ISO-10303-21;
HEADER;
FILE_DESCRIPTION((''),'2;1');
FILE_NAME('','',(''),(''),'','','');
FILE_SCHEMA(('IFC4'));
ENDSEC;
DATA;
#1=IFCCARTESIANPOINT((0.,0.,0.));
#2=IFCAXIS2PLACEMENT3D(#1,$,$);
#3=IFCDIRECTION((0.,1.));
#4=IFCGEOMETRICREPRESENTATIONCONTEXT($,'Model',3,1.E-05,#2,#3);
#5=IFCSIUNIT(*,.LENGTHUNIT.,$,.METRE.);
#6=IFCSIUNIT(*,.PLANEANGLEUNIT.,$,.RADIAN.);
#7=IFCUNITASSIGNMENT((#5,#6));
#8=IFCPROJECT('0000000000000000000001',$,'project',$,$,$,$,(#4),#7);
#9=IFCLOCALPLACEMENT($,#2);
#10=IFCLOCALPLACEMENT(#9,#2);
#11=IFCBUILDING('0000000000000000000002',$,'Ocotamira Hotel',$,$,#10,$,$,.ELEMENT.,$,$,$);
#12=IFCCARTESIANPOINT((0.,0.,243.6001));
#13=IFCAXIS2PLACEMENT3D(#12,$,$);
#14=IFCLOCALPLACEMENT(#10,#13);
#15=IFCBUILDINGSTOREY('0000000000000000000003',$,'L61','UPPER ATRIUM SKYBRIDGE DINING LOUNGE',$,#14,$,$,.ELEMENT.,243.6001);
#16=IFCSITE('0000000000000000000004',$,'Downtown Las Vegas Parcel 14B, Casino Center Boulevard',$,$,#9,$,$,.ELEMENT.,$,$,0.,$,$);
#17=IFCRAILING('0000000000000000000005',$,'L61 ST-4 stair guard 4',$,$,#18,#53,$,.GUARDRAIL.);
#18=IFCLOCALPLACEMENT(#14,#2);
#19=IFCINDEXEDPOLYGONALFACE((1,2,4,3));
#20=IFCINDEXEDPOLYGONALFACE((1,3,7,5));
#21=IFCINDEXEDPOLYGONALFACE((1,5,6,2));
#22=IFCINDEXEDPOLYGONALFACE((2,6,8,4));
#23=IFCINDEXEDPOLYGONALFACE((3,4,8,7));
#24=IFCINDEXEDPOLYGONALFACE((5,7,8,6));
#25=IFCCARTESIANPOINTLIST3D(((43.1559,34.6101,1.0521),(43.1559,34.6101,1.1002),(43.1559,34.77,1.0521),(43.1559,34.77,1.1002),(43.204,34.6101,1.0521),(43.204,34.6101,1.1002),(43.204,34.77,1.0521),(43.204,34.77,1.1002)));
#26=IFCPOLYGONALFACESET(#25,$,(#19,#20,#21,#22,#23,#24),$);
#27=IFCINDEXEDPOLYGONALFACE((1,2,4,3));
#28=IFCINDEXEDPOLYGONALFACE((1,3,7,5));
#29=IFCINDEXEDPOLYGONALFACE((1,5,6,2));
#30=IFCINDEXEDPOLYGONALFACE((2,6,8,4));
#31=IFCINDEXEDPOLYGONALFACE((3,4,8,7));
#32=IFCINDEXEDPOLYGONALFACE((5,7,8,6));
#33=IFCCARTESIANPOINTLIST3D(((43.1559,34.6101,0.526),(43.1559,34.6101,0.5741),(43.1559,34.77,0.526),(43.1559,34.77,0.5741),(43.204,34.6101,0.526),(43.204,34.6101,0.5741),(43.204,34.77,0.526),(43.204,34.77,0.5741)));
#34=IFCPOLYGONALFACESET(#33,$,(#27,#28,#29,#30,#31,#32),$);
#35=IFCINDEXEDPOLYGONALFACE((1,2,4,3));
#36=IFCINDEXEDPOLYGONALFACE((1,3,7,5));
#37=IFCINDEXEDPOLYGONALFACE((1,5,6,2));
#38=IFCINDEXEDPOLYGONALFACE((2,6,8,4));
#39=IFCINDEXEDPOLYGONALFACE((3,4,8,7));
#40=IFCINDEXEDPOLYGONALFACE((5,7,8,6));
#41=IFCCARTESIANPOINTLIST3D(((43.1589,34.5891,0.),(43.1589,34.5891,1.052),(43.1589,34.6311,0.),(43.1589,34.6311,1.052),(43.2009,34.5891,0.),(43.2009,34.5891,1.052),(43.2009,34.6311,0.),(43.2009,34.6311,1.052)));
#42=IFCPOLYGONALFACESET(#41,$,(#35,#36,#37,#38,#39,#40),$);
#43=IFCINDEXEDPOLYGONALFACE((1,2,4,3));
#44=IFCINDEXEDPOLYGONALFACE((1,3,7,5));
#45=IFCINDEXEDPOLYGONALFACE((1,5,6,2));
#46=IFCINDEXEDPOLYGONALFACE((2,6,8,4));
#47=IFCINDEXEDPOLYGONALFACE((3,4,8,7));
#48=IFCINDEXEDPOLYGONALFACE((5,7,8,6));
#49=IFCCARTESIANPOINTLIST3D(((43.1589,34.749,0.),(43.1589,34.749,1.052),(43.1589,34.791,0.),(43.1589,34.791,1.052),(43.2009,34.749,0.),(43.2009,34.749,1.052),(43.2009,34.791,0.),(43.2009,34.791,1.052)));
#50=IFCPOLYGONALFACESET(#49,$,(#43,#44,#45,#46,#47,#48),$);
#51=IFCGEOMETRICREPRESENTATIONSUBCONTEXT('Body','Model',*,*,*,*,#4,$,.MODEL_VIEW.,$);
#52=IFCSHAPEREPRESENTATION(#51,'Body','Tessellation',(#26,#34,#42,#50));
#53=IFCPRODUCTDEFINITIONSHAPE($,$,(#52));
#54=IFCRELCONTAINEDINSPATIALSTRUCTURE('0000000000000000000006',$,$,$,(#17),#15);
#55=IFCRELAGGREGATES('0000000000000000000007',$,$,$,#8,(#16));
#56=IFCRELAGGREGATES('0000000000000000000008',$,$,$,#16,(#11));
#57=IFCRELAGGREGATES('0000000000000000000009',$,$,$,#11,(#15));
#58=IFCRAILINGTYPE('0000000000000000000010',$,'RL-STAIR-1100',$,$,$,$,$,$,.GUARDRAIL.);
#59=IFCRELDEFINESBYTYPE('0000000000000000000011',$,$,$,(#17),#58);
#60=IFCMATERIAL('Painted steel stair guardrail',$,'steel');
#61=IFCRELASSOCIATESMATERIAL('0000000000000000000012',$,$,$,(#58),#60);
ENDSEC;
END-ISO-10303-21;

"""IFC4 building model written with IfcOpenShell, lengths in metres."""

from ifc_helpers import new_model, si_unit, direction, frame, origin, origin_2d, place, context, subcontext, project, spatial, rectangle, extrude, material, type_object, element, save


model = new_model("IFC4")

# Units and contexts
model_context = context("Model", 3, precision=1e-05, world=origin(), true_north=direction((0.0, 1.0)))
body_context = subcontext(model_context, "Body", "Model", "MODEL_VIEW")
ifc_project = project(units=[si_unit("LENGTHUNIT", "METRE"), si_unit("PLANEANGLEUNIT", "RADIAN")], contexts=[model_context])

# Site, building, storey
site_placement = place(None, origin())
site = spatial("IfcSite", under=ifc_project, at=site_placement, Name="Downtown Las Vegas Parcel 14B, Casino Center Boulevard", CompositionType="ELEMENT", RefElevation=0.0)
building_placement = place(site_placement, origin())
building = spatial("IfcBuilding", under=site, at=building_placement, Name="Ocotamira Hotel", CompositionType="ELEMENT")
storey_placement = place(building_placement, frame((0.0, 0.0, 243.6001)))
storey = spatial("IfcBuildingStorey", under=building, at=storey_placement, Name="L61", Description="UPPER ATRIUM SKYBRIDGE DINING LOUNGE", CompositionType="ELEMENT", Elevation=243.6001)

# Railing
ifc_material_1 = material(Name="Painted steel stair guardrail", Category="steel")
railing_type_1 = type_object("IfcRailingType", Name="RL-STAIR-1100", PredefinedType="GUARDRAIL", material=ifc_material_1)
railing_1_placement = place(storey_placement, frame((43.1799, 34.6101, 0.0)))
element("IfcRailing", 1, at=railing_1_placement, inside=storey, type_object=railing_type_1, Name="L61 ST-4 stair guard 4", PredefinedType="GUARDRAIL", context=body_context, shape_type="SweptSolid", body=[
    extrude(rectangle(XDim=0.0481, YDim=0.0481, at=origin_2d()), frame((0.0, 0.0, 1.0762), z_axis=(0.0, 1.0, 0.0), x_axis=(-1.0, 0.0, 0.0)), (0.0, 0.0, 1.0), 0.1599),
    extrude(rectangle(XDim=0.0481, YDim=0.0481, at=origin_2d()), frame((0.0, 0.0, 0.55), z_axis=(0.0, 1.0, 0.0), x_axis=(-1.0, 0.0, 0.0)), (0.0, 0.0, 1.0), 0.1599),
    extrude(rectangle(XDim=0.042, YDim=0.042, at=origin_2d()), origin(), (0.0, 0.0, 1.0), 1.052),
    extrude(rectangle(XDim=0.042, YDim=0.042, at=origin_2d()), frame((0.0, 0.1599, 0.0)), (0.0, 0.0, 1.0), 1.052),
])

save(model, "model.ifc")
